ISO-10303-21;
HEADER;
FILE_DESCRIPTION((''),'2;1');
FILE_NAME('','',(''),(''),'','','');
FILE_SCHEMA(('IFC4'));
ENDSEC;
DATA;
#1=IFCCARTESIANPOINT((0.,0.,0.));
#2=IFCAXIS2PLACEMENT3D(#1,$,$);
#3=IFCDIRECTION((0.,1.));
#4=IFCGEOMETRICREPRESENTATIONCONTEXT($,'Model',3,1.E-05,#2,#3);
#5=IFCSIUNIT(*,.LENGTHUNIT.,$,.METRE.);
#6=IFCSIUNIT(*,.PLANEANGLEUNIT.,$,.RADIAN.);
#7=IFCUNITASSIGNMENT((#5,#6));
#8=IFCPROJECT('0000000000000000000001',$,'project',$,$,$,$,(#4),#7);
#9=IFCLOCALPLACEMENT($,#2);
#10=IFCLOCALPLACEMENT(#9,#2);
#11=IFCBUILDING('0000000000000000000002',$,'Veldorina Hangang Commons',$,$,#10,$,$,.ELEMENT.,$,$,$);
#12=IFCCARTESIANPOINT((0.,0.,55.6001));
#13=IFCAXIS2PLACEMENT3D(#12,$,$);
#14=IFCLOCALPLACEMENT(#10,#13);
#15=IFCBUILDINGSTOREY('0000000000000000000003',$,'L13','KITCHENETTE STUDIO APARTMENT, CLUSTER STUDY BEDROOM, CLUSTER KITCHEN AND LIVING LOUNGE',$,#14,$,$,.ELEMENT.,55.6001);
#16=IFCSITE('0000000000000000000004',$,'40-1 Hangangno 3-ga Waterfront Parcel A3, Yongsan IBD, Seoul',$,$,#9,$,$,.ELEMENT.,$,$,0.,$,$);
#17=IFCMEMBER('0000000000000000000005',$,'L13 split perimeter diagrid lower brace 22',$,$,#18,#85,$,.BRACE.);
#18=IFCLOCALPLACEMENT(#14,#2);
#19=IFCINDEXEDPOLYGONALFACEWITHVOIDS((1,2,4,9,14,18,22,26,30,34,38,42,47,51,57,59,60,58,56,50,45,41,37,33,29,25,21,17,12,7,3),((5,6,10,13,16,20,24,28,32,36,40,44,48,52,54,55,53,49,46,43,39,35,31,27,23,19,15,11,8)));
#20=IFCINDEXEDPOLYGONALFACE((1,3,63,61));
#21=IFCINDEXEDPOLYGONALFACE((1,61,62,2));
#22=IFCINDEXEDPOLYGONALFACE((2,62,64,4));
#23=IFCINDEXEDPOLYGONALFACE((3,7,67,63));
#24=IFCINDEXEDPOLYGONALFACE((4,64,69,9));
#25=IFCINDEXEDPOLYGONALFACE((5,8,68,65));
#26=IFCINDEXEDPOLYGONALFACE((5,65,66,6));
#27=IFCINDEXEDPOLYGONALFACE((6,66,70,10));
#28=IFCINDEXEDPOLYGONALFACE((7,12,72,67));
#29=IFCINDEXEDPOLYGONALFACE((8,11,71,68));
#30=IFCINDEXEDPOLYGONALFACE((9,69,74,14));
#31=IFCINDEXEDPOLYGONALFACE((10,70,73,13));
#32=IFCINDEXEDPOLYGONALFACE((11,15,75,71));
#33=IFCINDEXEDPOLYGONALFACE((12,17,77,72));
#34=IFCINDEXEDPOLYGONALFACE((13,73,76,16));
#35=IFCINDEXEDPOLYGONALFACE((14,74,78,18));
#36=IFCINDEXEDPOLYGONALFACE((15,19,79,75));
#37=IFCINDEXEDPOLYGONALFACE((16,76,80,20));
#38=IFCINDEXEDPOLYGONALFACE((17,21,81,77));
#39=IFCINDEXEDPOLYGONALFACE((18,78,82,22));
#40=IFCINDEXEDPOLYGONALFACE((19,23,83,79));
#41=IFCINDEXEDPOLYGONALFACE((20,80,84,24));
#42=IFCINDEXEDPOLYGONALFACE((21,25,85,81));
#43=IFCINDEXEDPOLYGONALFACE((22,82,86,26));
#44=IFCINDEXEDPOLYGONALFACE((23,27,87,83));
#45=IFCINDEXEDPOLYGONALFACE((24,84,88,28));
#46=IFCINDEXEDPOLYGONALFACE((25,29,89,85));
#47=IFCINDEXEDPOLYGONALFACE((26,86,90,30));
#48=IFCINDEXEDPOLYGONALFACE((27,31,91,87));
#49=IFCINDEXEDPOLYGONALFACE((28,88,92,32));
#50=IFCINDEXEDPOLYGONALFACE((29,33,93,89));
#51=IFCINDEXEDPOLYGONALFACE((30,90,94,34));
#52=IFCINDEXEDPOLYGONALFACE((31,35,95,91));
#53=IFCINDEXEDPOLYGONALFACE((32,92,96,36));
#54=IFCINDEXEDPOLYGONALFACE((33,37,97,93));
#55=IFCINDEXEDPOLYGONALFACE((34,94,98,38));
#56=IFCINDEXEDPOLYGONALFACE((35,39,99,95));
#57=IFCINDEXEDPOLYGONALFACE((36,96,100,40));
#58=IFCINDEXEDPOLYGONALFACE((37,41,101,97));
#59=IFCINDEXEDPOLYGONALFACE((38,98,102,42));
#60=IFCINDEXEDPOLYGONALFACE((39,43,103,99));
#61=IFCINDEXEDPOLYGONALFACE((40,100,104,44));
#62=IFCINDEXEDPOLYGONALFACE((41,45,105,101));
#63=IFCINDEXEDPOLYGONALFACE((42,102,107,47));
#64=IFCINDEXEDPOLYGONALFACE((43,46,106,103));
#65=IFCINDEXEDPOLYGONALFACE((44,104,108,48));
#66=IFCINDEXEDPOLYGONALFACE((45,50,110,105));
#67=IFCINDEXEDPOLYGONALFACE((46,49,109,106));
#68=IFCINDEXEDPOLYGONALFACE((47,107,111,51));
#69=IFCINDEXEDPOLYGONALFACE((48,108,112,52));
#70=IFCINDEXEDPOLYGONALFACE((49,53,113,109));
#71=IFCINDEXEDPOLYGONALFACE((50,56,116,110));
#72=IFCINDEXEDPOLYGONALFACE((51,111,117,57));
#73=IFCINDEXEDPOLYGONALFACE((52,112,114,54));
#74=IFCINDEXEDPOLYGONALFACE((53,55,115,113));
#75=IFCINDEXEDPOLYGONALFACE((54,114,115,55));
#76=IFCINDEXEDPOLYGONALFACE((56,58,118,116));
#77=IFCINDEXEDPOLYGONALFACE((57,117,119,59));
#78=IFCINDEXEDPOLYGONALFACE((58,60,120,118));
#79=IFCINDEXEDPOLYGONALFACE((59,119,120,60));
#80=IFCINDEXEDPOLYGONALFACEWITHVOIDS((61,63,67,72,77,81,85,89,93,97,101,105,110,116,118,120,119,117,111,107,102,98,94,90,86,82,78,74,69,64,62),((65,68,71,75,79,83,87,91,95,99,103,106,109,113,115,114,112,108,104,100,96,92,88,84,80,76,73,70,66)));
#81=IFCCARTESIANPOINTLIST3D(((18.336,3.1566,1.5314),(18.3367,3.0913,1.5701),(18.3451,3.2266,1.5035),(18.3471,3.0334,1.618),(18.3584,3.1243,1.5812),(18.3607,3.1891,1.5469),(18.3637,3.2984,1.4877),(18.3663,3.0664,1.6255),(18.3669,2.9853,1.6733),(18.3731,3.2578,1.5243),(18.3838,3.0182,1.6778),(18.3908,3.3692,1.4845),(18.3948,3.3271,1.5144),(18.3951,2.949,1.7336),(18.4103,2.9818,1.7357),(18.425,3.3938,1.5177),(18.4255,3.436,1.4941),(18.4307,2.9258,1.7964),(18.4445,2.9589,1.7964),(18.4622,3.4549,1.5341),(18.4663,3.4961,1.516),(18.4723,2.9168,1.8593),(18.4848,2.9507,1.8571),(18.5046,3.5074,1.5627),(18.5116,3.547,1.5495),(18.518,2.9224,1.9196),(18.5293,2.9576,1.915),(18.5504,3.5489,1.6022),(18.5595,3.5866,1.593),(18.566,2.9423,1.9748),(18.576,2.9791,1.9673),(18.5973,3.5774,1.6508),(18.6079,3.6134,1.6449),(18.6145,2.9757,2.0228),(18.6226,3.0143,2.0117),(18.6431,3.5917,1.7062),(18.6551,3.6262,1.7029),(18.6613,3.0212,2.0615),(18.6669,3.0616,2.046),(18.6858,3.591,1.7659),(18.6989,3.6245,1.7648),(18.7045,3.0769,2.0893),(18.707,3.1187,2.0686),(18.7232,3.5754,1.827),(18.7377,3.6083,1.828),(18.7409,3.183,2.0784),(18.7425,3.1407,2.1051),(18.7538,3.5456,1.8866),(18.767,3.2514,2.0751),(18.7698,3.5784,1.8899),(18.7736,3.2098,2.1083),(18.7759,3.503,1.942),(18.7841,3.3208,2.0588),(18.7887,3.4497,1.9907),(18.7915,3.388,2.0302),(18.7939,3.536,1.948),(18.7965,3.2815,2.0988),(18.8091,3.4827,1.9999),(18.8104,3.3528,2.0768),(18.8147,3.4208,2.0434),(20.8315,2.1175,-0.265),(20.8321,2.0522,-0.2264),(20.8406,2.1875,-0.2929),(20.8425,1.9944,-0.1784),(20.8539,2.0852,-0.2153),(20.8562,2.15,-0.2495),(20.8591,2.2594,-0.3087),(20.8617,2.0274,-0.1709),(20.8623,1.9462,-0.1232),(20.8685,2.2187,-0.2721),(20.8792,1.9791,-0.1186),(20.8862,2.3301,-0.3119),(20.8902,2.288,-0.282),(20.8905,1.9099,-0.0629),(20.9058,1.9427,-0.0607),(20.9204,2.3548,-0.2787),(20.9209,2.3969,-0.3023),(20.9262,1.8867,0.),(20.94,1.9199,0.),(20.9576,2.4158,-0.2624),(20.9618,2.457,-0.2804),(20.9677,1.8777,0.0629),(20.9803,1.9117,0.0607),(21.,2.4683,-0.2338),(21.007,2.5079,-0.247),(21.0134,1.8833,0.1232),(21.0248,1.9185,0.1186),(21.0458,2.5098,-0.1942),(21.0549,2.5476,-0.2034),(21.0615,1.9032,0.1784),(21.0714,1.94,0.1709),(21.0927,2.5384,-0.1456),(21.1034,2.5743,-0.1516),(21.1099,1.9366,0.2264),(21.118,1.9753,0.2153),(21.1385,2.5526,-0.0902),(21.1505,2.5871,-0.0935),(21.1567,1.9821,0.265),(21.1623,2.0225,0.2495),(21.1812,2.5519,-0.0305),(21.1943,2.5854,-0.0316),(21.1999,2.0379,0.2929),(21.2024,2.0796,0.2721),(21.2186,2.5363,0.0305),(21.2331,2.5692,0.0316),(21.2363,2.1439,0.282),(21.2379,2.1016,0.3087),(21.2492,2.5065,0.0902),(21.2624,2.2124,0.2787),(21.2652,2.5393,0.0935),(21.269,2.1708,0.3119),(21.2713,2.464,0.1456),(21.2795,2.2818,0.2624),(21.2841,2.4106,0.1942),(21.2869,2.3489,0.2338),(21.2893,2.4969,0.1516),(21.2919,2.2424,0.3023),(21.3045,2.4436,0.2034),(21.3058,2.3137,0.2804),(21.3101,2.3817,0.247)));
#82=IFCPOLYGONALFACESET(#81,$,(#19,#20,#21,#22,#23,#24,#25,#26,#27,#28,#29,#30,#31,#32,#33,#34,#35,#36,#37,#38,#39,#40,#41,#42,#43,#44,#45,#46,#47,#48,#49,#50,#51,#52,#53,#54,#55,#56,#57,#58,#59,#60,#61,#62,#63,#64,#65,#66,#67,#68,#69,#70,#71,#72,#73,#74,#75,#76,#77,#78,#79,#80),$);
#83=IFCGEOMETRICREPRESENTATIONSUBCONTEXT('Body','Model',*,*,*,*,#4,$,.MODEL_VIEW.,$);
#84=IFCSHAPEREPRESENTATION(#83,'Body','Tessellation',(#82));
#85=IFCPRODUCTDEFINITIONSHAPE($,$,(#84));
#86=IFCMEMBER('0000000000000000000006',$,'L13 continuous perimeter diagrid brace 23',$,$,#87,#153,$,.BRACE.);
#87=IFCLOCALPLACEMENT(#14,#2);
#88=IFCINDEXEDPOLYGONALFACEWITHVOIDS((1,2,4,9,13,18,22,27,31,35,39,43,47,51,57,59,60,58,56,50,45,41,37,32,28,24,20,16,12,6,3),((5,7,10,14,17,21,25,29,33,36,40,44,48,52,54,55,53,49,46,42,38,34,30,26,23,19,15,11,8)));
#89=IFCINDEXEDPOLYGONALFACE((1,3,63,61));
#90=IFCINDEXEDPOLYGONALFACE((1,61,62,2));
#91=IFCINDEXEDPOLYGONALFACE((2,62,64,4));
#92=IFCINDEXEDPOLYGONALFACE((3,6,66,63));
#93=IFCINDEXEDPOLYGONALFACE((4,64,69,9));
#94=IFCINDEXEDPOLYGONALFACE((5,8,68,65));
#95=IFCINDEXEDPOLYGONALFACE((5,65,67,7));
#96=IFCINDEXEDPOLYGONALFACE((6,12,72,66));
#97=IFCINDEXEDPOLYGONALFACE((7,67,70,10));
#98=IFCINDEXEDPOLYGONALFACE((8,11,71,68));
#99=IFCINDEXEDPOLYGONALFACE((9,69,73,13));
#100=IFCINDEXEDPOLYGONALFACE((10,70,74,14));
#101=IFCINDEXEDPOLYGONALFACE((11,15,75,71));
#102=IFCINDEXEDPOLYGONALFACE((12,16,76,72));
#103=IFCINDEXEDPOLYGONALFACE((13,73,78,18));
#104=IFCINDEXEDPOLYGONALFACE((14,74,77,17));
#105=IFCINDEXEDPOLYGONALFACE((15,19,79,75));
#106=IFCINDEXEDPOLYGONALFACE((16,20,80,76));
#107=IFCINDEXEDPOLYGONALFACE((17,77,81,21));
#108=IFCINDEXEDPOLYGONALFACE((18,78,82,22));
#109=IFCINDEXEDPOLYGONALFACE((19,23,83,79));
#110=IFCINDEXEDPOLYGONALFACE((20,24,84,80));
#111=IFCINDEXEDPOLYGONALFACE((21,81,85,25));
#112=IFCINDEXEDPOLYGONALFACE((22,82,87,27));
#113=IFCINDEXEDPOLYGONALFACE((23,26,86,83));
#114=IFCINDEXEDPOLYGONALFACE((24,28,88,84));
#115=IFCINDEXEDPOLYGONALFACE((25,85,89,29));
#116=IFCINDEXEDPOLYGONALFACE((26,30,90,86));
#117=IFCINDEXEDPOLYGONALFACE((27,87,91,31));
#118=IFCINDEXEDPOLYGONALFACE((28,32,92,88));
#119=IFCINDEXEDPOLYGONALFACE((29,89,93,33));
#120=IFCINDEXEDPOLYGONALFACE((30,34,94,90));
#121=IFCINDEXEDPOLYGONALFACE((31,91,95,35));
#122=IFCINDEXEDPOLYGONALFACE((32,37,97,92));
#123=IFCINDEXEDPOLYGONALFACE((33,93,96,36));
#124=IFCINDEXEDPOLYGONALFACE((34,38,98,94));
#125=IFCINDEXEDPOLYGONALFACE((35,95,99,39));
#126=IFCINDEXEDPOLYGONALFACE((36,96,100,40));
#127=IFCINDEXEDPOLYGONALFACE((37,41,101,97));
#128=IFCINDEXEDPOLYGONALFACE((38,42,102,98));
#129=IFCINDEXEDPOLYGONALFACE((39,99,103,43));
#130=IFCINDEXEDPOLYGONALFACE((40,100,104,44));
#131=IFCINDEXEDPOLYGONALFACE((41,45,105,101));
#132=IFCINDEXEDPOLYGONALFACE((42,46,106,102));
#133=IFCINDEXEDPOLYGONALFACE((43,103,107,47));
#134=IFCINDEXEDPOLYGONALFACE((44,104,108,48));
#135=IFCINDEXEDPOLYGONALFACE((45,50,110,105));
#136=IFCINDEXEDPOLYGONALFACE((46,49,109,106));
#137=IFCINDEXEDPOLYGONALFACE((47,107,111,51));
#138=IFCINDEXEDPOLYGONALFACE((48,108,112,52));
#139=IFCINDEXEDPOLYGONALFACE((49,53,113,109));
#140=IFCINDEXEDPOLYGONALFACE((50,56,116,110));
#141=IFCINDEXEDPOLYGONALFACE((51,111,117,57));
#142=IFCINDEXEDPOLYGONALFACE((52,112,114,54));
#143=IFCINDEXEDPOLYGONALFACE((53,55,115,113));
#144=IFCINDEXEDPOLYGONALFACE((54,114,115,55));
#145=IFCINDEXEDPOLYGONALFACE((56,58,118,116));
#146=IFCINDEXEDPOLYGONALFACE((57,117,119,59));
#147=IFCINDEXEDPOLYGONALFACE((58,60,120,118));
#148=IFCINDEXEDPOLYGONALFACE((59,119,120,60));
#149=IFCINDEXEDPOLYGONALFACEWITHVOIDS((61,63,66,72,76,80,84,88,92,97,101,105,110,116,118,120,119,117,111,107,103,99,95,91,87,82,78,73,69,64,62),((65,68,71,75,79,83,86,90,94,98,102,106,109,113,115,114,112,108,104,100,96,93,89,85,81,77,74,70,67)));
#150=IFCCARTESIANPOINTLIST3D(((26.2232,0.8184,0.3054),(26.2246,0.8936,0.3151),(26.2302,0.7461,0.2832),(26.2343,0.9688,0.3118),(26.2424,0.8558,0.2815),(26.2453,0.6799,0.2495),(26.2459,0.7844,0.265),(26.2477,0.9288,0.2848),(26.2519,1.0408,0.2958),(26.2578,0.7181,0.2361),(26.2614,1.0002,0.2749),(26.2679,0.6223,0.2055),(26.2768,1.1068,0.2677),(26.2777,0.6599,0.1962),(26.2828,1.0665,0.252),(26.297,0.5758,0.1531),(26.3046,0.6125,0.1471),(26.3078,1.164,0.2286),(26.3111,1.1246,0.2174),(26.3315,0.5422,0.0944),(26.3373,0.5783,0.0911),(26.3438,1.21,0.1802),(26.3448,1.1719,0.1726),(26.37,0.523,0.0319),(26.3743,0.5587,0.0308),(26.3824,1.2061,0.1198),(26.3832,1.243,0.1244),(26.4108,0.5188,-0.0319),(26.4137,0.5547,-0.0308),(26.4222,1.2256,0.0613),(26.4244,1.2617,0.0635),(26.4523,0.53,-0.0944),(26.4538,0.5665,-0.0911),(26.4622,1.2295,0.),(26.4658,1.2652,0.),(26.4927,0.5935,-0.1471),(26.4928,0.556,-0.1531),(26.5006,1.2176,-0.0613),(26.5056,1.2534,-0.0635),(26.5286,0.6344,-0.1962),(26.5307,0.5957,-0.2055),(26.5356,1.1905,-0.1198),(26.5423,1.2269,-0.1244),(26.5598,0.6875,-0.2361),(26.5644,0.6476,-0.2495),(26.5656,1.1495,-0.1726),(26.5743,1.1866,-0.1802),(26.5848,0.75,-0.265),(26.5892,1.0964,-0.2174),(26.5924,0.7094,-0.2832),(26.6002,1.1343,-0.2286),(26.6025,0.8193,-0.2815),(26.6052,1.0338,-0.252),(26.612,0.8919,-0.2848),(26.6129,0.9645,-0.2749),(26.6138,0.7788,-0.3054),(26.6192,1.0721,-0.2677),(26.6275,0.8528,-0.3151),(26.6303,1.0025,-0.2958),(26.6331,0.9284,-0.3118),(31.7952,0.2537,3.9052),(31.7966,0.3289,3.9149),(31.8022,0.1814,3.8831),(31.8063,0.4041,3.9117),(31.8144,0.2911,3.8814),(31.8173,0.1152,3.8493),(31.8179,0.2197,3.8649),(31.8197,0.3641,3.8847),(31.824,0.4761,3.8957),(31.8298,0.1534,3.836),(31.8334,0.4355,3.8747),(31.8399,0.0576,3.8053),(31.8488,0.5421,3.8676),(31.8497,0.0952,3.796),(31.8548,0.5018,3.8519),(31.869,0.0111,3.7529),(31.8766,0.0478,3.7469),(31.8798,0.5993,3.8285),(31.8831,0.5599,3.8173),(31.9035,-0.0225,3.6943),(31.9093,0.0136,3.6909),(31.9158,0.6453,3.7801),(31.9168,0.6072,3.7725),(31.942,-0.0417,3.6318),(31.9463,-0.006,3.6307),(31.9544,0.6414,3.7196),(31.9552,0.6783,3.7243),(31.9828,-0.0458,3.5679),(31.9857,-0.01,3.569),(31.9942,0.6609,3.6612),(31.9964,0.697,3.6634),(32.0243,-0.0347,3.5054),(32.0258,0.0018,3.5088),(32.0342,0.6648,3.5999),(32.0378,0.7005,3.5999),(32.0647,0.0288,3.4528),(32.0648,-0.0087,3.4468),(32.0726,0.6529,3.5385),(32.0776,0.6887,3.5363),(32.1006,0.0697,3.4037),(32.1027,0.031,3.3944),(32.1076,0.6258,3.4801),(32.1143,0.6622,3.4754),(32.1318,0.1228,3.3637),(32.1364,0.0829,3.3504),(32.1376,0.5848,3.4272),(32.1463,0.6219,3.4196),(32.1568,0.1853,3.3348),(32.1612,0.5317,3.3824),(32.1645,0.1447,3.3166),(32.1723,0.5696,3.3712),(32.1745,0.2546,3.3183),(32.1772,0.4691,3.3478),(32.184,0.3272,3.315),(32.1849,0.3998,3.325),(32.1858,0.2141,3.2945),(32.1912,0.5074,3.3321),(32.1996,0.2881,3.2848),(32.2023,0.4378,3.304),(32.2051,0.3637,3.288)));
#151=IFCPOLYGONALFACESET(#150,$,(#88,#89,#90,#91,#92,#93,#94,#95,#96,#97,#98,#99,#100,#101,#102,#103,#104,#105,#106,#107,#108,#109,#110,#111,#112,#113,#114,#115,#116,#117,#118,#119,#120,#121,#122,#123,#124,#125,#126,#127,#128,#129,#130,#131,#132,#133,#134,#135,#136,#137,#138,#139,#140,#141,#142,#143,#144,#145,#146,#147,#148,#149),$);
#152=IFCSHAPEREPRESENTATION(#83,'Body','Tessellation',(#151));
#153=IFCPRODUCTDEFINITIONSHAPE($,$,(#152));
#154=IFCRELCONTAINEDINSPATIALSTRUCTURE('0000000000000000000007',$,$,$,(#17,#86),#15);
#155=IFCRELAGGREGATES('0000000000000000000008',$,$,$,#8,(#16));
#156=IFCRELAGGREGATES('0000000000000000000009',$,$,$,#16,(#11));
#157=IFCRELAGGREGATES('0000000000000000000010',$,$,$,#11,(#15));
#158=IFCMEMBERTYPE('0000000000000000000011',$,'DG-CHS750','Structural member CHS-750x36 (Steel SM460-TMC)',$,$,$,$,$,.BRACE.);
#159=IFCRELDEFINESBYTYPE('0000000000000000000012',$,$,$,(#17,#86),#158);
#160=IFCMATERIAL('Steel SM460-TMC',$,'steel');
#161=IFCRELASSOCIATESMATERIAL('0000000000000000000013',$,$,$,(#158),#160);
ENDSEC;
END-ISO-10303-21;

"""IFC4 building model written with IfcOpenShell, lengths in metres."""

from ifc_helpers import new_model, si_unit, direction, frame, origin, origin_2d, place, context, subcontext, project, spatial, hollow_circle, extrude, material, material_profile, profile_set, type_object, element, save


model = new_model("IFC4")

# Units and contexts
model_context = context("Model", 3, precision=1e-05, world=origin(), true_north=direction((0.0, 1.0)))
body_context = subcontext(model_context, "Body", "Model", "MODEL_VIEW")
ifc_project = project(units=[si_unit("LENGTHUNIT", "METRE"), si_unit("PLANEANGLEUNIT", "RADIAN")], contexts=[model_context])

# Site, building, storey
site_placement = place(None, origin())
site = spatial("IfcSite", under=ifc_project, at=site_placement, Name="40-1 Hangangno 3-ga Waterfront Parcel A3, Yongsan IBD, Seoul", CompositionType="ELEMENT", RefElevation=0.0)
building_placement = place(site_placement, origin())
building = spatial("IfcBuilding", under=site, at=building_placement, Name="Veldorina Hangang Commons", CompositionType="ELEMENT")
storey_placement = place(building_placement, frame((0.0, 0.0, 55.6001)))
storey = spatial("IfcBuildingStorey", under=building, at=storey_placement, Name="L13", Description="KITCHENETTE STUDIO APARTMENT, CLUSTER STUDY BEDROOM, CLUSTER KITCHEN AND LIVING LOUNGE", CompositionType="ELEMENT", Elevation=55.6001)

# Shared definitions
ifc_material_1 = material(Name="Steel SM460-TMC", Category="steel")

# Members
ifc_material_profile_1 = material_profile(ifc_material_1, hollow_circle(Radius=0.375, WallThickness=0.0359, at=origin_2d()), Name="CHS-750x36")
ifc_profile_set_1 = profile_set([ifc_material_profile_1], Name="Steel SM460-TMC")
member_type_1 = type_object("IfcMemberType", Name="DG-CHS750", Description="Structural member CHS-750x36 (Steel SM460-TMC)", PredefinedType="BRACE", material=ifc_profile_set_1)
member_1_placement = place(storey_placement, frame((21.0703, 2.2329, 0.0), z_axis=(-0.76886, 0.320152, 0.553495), x_axis=(-0.384404, -0.923165, 0.0)))
element("IfcMember", 1, at=member_1_placement, inside=storey, type_object=member_type_1, Name="L13 split perimeter diagrid lower brace 22", PredefinedType="BRACE", context=body_context, shape_type="SweptSolid", body=[
    extrude(hollow_circle(Radius=0.375, WallThickness=0.0359, at=origin_2d()), origin(), (0.0, 0.0, 1.0), 3.2456),
])
member_2_placement = place(storey_placement, frame((26.428, 0.8921, 0.0), z_axis=(0.836926, -0.084818, 0.540704), x_axis=(0.100829, 0.994904, 0.0)))
element("IfcMember", 2, at=member_2_placement, inside=storey, type_object=member_type_1, Name="L13 continuous perimeter diagrid brace 23", PredefinedType="BRACE", context=body_context, shape_type="SweptSolid", body=[
    extrude(hollow_circle(Radius=0.375, WallThickness=0.0359, at=origin_2d()), origin(), (0.0, 0.0, 1.0), 6.6577),
])

save(model, "model.ifc")
